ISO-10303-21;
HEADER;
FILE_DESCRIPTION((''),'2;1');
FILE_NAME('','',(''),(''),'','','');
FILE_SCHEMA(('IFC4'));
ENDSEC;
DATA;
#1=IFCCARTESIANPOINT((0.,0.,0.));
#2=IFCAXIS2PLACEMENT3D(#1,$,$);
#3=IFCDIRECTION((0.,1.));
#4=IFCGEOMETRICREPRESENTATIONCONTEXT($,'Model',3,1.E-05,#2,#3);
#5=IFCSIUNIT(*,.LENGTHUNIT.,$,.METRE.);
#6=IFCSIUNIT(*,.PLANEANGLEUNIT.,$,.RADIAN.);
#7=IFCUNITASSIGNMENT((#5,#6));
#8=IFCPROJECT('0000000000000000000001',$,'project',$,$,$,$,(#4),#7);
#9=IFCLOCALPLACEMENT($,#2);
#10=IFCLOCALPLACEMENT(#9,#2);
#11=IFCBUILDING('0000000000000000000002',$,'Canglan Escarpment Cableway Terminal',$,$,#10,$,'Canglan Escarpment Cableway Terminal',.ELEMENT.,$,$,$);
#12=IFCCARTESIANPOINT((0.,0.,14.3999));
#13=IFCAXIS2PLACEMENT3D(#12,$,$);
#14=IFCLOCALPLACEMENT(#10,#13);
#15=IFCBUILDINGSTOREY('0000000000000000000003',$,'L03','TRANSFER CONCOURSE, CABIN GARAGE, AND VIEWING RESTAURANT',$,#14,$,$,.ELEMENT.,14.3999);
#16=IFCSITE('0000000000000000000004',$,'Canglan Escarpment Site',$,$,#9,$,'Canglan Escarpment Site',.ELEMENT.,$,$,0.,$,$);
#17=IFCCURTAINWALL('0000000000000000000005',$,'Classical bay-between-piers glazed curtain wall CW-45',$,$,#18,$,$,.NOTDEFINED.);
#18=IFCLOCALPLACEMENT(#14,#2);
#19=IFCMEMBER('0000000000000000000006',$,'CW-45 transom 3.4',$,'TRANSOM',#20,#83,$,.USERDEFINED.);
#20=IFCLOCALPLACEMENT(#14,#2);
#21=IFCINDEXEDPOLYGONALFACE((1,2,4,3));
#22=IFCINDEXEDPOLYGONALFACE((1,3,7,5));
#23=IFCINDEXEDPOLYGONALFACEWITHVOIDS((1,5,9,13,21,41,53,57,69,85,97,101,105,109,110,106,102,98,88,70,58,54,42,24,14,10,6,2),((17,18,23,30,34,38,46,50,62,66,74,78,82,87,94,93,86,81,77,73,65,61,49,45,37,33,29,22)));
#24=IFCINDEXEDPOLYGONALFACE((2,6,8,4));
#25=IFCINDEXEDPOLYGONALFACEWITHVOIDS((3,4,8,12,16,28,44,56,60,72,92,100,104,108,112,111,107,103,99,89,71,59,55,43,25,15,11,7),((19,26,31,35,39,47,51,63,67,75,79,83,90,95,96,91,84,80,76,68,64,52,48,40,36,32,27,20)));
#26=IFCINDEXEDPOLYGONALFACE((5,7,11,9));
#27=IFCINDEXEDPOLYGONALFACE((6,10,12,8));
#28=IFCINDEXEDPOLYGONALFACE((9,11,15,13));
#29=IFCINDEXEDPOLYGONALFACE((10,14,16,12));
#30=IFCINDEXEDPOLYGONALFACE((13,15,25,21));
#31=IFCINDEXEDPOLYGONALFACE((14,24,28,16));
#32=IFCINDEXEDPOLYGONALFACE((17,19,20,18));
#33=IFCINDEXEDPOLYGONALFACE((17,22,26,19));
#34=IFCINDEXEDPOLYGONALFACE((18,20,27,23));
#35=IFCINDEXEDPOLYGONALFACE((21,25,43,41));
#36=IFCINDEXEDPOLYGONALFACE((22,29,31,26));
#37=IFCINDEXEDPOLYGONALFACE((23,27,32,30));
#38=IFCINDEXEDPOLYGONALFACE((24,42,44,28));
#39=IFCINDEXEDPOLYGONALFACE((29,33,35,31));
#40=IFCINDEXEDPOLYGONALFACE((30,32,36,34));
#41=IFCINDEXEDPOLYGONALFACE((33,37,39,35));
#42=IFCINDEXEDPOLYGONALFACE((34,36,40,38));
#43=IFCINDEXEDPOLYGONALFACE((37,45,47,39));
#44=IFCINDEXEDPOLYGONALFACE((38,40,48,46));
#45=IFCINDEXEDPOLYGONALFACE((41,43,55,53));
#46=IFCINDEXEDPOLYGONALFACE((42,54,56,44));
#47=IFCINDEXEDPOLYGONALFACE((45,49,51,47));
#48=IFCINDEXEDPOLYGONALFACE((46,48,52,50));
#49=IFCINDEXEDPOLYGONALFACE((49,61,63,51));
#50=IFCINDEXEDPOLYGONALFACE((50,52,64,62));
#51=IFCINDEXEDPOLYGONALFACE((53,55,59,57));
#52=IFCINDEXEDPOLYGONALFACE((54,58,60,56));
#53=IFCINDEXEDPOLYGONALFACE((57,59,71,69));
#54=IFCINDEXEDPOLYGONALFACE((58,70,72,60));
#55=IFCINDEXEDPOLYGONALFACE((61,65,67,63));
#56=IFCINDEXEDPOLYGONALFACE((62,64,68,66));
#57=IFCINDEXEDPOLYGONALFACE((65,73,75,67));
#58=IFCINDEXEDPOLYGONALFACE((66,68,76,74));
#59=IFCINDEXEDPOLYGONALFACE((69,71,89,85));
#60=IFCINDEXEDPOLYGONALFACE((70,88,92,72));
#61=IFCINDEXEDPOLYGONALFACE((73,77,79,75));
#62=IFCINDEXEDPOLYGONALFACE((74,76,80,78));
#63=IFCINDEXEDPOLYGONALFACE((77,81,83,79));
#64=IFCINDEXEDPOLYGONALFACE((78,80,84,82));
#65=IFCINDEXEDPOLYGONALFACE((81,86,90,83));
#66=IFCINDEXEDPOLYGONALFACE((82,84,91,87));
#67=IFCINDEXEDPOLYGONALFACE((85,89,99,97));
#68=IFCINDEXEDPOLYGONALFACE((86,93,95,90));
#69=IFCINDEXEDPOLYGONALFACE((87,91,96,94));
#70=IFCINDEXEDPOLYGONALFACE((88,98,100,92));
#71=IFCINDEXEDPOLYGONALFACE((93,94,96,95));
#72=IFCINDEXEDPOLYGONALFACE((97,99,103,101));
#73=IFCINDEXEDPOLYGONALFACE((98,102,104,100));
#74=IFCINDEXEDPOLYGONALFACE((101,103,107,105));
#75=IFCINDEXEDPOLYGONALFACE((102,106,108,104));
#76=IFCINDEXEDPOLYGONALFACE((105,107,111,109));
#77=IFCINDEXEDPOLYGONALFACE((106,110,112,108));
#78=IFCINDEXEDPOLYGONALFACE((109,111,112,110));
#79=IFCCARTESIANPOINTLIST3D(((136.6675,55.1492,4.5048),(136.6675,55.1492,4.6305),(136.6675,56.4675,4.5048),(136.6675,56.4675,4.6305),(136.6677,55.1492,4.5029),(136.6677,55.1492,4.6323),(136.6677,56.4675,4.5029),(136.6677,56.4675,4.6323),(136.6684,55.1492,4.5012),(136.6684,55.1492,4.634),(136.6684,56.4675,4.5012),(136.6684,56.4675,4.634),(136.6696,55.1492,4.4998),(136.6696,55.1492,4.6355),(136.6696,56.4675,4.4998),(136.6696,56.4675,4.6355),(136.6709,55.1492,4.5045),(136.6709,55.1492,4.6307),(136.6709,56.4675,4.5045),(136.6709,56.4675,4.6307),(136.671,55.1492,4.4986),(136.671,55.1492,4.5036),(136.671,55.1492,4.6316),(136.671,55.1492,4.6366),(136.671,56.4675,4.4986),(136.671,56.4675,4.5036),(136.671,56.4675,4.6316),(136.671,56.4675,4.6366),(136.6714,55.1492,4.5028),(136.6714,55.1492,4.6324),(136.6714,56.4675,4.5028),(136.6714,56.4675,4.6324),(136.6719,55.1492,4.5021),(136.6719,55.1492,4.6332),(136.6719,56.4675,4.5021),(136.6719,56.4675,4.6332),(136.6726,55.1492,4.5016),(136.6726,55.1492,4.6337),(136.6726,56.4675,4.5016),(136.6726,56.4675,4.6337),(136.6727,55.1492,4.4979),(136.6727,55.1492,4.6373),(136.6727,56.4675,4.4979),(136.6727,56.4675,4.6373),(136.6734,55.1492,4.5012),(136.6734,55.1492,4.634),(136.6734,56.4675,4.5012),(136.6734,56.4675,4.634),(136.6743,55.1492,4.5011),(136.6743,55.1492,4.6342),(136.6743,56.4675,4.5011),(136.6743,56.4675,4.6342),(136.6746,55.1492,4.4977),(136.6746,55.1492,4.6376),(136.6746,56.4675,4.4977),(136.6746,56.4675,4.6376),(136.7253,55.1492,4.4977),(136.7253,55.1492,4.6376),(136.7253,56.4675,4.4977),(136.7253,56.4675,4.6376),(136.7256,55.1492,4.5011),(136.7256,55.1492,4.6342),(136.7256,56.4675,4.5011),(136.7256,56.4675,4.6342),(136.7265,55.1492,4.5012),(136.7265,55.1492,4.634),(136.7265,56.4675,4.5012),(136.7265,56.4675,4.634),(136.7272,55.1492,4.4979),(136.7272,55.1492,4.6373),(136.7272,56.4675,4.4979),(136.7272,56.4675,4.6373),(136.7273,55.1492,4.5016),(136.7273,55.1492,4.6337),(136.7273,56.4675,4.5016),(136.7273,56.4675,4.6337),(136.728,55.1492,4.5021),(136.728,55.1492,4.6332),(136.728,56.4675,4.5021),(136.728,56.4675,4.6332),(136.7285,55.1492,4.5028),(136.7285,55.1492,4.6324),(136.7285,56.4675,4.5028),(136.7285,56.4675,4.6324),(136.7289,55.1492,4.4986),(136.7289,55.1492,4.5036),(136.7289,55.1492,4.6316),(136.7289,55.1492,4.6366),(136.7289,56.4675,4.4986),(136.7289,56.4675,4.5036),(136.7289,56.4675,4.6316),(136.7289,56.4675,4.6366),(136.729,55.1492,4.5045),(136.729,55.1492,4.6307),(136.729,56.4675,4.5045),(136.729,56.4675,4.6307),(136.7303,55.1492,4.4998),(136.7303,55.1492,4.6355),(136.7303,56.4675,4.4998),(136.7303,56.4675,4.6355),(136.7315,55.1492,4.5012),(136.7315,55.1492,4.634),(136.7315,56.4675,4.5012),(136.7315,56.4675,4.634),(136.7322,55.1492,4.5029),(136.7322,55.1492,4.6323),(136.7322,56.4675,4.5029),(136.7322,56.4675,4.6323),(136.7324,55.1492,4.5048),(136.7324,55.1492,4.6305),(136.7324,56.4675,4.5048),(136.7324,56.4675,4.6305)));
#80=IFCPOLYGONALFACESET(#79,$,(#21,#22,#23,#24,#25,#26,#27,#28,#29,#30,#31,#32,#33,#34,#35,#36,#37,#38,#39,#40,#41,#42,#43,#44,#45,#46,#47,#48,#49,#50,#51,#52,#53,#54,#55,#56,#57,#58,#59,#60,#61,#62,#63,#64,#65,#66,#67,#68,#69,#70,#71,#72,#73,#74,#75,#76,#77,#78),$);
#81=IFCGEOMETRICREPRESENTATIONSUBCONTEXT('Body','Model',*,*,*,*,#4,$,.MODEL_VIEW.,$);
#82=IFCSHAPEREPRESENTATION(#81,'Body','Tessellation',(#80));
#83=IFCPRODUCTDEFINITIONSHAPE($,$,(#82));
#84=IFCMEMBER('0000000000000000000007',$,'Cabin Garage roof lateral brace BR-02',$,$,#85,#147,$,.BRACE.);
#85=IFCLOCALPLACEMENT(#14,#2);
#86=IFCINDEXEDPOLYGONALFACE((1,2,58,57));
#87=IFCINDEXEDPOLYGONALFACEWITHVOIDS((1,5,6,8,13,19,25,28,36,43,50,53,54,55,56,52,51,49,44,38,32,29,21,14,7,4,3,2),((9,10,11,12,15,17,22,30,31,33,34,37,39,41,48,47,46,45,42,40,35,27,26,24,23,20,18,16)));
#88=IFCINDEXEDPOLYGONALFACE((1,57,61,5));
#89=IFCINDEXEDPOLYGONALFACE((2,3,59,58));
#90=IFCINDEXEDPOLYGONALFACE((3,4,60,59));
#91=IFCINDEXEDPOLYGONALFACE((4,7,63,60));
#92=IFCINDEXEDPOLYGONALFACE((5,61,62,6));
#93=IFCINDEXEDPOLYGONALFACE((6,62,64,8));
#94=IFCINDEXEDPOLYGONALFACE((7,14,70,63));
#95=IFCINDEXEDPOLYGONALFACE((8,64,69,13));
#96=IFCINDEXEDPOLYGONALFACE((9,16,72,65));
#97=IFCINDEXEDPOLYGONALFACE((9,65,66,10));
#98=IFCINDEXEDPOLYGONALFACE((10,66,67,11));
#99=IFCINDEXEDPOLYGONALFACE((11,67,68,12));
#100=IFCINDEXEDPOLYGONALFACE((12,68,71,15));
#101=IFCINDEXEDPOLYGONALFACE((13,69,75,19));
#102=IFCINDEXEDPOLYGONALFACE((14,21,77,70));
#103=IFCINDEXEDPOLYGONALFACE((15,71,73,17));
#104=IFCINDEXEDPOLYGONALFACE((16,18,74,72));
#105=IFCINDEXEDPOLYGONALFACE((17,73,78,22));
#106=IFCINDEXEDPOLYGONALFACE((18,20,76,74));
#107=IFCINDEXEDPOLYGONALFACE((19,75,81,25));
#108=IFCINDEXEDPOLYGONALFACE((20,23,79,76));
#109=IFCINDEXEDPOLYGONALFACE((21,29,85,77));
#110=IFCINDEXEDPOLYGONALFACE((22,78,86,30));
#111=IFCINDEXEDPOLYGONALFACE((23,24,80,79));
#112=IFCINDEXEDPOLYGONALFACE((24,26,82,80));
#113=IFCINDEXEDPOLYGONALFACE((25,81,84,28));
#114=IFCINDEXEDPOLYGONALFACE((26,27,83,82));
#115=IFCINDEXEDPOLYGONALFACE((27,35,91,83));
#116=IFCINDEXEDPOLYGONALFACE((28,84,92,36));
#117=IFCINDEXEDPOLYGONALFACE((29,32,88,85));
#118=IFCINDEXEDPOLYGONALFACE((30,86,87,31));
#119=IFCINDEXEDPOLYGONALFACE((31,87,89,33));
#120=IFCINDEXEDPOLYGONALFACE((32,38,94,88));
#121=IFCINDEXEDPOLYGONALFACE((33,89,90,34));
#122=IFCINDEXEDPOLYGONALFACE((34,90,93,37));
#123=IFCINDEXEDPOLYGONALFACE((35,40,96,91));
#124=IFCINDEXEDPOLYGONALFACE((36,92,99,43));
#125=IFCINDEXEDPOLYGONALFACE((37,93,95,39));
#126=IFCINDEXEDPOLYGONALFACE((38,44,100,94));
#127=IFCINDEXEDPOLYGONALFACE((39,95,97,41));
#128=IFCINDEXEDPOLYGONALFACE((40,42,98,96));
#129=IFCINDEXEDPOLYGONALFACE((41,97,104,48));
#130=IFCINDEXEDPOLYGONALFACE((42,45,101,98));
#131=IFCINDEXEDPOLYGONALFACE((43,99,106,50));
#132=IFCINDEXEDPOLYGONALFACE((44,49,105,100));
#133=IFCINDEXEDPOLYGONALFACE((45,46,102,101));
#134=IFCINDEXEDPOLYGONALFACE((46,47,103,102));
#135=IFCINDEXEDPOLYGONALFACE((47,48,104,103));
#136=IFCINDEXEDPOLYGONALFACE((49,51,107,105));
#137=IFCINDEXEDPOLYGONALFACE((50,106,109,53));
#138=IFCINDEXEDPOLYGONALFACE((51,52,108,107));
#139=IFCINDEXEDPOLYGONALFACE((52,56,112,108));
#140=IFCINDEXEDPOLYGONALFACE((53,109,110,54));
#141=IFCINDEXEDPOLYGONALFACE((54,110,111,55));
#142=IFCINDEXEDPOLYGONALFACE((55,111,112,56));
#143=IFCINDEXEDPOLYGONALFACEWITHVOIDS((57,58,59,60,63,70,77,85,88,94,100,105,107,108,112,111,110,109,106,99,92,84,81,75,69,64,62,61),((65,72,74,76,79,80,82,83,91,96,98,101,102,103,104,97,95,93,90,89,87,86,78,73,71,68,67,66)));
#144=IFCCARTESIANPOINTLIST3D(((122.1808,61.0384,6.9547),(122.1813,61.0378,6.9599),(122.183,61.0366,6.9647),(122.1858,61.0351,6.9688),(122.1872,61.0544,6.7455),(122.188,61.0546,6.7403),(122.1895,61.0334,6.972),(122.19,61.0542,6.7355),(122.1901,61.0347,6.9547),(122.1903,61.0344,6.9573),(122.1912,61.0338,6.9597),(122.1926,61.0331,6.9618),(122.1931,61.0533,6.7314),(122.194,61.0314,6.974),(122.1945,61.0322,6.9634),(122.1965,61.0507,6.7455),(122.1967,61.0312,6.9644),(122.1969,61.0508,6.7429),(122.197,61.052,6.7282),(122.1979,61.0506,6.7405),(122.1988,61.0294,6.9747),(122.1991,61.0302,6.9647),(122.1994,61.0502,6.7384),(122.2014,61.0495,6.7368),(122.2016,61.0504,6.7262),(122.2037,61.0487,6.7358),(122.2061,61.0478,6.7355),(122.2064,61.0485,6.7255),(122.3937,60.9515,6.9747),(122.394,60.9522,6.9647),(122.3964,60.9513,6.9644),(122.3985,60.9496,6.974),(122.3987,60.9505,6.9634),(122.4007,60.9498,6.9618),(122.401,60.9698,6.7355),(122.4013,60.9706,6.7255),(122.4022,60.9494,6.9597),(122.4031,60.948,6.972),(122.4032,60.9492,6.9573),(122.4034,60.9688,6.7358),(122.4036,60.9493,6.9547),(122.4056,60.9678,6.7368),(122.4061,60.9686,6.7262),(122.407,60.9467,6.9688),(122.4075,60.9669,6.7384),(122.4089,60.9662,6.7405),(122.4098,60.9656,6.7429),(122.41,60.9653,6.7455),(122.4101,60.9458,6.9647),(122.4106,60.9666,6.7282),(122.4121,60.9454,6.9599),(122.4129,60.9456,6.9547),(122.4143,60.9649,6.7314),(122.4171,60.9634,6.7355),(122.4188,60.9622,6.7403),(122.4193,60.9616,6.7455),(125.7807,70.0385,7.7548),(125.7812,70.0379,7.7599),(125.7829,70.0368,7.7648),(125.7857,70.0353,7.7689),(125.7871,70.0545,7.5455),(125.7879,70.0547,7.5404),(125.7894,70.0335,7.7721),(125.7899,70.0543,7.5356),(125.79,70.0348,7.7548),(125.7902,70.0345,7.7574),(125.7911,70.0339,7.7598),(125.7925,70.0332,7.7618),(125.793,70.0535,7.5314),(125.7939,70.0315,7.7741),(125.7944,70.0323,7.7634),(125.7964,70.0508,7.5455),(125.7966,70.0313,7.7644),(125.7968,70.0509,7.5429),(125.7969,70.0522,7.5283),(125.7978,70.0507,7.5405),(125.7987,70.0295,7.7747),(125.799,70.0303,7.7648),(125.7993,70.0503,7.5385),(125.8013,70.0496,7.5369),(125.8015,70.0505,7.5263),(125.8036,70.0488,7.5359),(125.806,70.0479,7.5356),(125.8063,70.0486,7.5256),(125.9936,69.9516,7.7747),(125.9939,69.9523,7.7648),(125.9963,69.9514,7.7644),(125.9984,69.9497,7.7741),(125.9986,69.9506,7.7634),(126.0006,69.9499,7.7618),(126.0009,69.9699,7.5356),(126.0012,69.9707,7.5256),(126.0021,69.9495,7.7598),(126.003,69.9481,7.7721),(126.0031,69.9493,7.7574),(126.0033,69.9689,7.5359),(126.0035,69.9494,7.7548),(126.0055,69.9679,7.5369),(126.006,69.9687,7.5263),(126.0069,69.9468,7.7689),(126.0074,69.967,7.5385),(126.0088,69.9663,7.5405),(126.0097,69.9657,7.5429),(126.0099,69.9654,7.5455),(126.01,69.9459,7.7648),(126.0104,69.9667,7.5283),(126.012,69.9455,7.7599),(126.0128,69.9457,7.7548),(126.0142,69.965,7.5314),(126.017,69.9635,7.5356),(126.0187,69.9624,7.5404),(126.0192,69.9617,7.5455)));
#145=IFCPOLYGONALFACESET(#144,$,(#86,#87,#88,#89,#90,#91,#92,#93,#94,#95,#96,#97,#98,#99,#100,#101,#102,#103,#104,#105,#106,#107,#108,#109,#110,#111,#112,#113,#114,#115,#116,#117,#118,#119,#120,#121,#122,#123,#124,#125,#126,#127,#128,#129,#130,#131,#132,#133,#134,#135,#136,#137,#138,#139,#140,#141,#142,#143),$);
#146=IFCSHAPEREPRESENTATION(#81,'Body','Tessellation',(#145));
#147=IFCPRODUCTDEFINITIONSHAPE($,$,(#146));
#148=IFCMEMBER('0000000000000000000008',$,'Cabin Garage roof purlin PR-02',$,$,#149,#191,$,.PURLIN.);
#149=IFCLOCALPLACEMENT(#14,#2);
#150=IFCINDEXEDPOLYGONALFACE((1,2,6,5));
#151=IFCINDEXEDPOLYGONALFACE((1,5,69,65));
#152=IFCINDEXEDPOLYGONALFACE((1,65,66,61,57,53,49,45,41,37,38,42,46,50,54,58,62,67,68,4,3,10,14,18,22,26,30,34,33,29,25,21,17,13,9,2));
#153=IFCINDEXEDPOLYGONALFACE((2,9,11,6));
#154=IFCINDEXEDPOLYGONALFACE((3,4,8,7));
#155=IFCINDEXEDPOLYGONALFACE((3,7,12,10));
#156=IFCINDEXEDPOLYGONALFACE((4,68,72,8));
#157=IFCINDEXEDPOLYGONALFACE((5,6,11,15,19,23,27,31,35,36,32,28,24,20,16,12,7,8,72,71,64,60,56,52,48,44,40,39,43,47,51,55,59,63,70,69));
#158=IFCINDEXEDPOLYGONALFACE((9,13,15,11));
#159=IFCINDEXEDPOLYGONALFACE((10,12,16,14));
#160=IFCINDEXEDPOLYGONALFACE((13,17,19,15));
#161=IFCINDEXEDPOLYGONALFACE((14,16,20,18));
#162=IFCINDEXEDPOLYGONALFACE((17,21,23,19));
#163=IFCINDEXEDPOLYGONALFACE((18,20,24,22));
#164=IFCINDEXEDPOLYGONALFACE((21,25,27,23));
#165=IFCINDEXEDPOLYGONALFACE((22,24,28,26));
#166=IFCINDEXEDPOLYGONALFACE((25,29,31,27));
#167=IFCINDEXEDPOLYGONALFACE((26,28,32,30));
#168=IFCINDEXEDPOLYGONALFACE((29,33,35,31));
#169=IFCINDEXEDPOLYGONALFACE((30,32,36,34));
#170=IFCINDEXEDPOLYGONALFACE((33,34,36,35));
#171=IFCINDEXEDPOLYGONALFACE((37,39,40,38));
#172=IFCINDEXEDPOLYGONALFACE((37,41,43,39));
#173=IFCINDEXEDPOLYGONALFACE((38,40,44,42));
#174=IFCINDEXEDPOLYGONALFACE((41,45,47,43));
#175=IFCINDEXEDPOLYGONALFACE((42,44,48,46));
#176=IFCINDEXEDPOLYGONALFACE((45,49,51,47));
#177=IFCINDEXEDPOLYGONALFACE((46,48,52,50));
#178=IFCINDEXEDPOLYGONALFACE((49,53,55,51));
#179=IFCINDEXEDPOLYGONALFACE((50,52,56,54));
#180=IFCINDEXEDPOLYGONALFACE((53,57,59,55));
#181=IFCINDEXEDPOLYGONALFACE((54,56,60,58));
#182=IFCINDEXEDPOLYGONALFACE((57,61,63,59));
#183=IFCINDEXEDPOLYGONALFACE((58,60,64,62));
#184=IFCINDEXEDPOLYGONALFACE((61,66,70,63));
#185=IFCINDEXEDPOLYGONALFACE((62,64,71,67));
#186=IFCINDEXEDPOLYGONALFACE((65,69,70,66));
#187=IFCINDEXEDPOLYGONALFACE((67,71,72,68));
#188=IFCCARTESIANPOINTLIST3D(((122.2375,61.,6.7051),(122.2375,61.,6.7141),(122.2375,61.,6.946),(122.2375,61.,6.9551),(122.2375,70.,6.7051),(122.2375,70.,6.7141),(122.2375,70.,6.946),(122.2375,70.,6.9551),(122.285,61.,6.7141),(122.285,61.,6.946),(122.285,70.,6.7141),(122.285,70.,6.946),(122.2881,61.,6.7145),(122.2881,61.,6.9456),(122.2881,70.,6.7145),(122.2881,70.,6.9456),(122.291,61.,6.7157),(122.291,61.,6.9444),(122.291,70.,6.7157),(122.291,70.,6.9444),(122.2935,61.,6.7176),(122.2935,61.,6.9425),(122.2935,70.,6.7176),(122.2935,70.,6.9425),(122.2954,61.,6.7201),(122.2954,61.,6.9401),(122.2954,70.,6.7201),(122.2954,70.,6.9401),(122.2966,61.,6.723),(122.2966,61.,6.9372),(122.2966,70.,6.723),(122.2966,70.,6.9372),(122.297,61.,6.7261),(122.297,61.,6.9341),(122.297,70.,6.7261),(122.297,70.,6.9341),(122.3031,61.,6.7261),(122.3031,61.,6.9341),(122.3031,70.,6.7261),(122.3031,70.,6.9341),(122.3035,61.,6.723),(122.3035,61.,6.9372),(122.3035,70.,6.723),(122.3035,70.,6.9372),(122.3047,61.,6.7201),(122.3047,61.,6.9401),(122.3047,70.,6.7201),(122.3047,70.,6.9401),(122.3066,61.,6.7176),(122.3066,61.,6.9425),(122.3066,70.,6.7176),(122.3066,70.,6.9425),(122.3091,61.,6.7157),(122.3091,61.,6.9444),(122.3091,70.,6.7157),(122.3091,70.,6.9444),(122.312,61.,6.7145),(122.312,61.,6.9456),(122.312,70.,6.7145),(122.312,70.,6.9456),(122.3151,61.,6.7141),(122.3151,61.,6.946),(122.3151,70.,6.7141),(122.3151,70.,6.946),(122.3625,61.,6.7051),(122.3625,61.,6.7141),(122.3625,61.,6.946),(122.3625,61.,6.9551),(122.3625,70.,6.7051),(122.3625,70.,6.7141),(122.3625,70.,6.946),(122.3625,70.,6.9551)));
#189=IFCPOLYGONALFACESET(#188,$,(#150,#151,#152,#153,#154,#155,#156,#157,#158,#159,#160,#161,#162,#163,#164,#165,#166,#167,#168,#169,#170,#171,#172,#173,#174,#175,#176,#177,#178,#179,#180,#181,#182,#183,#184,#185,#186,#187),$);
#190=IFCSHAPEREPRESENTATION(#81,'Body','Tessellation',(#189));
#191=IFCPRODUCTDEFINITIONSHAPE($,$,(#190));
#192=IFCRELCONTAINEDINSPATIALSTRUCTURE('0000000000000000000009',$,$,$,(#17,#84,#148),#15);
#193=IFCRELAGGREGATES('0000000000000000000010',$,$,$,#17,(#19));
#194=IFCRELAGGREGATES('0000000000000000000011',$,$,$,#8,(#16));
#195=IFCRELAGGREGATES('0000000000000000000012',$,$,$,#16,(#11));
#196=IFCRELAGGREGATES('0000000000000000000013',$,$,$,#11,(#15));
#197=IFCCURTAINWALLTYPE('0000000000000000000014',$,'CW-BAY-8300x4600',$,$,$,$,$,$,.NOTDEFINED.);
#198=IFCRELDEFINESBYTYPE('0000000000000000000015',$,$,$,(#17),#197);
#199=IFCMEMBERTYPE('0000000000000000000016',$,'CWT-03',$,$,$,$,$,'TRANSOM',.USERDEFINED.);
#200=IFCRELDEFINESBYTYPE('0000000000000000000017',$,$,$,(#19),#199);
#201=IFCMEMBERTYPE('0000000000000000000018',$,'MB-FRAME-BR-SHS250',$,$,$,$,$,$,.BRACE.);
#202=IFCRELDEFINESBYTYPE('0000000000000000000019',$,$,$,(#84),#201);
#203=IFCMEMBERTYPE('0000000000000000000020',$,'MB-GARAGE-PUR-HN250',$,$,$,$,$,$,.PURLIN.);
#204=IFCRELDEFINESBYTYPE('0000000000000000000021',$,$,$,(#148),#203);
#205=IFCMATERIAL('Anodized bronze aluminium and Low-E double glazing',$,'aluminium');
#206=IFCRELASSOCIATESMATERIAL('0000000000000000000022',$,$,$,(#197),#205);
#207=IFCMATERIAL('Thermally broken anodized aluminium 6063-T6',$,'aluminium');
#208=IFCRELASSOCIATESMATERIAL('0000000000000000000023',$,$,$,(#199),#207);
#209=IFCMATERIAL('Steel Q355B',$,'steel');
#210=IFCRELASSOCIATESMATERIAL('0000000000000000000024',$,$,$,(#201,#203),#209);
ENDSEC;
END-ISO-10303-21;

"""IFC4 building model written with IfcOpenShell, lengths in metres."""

from ifc_helpers import new_model, si_unit, direction, frame, origin, origin_2d, place, context, subcontext, project, spatial, hollow_rectangle, i_section, extrude, material, material_profile, profile_set, type_object, element, aggregate, save


model = new_model("IFC4")

# Units and contexts
model_context = context("Model", 3, precision=1e-05, world=origin(), true_north=direction((0.0, 1.0)))
body_context = subcontext(model_context, "Body", "Model", "MODEL_VIEW")
ifc_project = project(units=[si_unit("LENGTHUNIT", "METRE"), si_unit("PLANEANGLEUNIT", "RADIAN")], contexts=[model_context])

# Site, building, storey
site_placement = place(None, origin())
site = spatial("IfcSite", under=ifc_project, at=site_placement, Name="Canglan Escarpment Site", LongName="Canglan Escarpment Site", CompositionType="ELEMENT", RefElevation=0.0)
building_placement = place(site_placement, origin())
building = spatial("IfcBuilding", under=site, at=building_placement, Name="Canglan Escarpment Cableway Terminal", LongName="Canglan Escarpment Cableway Terminal", CompositionType="ELEMENT")
storey_placement = place(building_placement, frame((0.0, 0.0, 14.3999)))
storey = spatial("IfcBuildingStorey", under=building, at=storey_placement, Name="L03", Description="TRANSFER CONCOURSE, CABIN GARAGE, AND VIEWING RESTAURANT", CompositionType="ELEMENT", Elevation=14.3999)

# Shared definitions
ifc_material_1 = material(Name="Steel Q355B", Category="steel")

# Curtain wall, member
ifc_material_2 = material(Name="Anodized bronze aluminium and Low-E double glazing", Category="aluminium")
curtain_wall_type = type_object("IfcCurtainWallType", Name="CW-BAY-8300x4600", PredefinedType="NOTDEFINED", material=ifc_material_2)
curtain_wall_placement = place(storey_placement, origin())
curtain_wall = element("IfcCurtainWall", 1, at=curtain_wall_placement, inside=storey, type_object=curtain_wall_type, Name="Classical bay-between-piers glazed curtain wall CW-45", PredefinedType="NOTDEFINED")
ifc_material_3 = material(Name="Thermally broken anodized aluminium 6063-T6", Category="aluminium")
ifc_material_profile_1 = material_profile(ifc_material_3, hollow_rectangle(XDim=0.0649, YDim=0.1399, WallThickness=0.0034, InnerFilletRadius=0.0034, OuterFilletRadius=0.0071, at=origin_2d()), Name="ALU-TRAN 65x140x3.5")
ifc_profile_set_1 = profile_set([ifc_material_profile_1], Name="Thermally broken anodized aluminium 6063-T6")
member_type_1 = type_object("IfcMemberType", Name="CWT-03", ElementType="TRANSOM", PredefinedType="USERDEFINED", material=ifc_profile_set_1)
member_1_placement = place(storey_placement, frame((136.7, 55.1492, 4.5676), z_axis=(0.0, 1.0, 0.0), x_axis=(-1.0, 0.0, 0.0)))
member_1 = element("IfcMember", 2, at=member_1_placement, type_object=member_type_1, Name="CW-45 transom 3.4", ObjectType="TRANSOM", PredefinedType="USERDEFINED", context=body_context, shape_type="SweptSolid", body=[
    extrude(hollow_rectangle(XDim=0.0649, YDim=0.1399, WallThickness=0.0034, InnerFilletRadius=0.0034, OuterFilletRadius=0.0071, at=origin_2d()), origin(), (0.0, 0.0, 1.0), 1.3184),
])

# Members
ifc_material_profile_2 = material_profile(ifc_material_1, hollow_rectangle(XDim=0.25, YDim=0.25, WallThickness=0.01, InnerFilletRadius=0.01, OuterFilletRadius=0.02, at=origin_2d()), Name="SHS 250x250x10")
ifc_profile_set_2 = profile_set([ifc_material_profile_2], Name="Steel Q355B")
member_type_2 = type_object("IfcMemberType", Name="MB-FRAME-BR-SHS250", PredefinedType="BRACE", material=ifc_profile_set_2)
member_2_placement = place(storey_placement, frame((122.3, 61.0, 6.8501), z_axis=(0.370119, 0.925335, 0.082257), x_axis=(-0.928482, 0.371378, 0.0)))
element("IfcMember", 3, at=member_2_placement, inside=storey, type_object=member_type_2, Name="Cabin Garage roof lateral brace BR-02", PredefinedType="BRACE", context=body_context, shape_type="SweptSolid", body=[
    extrude(hollow_rectangle(XDim=0.25, YDim=0.25, WallThickness=0.01, InnerFilletRadius=0.01, OuterFilletRadius=0.02, at=origin_2d()), origin(), (0.0, 0.0, 1.0), 9.7263),
])
ifc_material_profile_3 = material_profile(ifc_material_1, i_section(OverallWidth=0.125, OverallDepth=0.25, WebThickness=0.0061, FlangeThickness=0.009, FilletRadius=0.012, at=origin_2d()), Name="HN 250x125x6x9")
ifc_profile_set_3 = profile_set([ifc_material_profile_3], Name="Steel Q355B")
member_type_3 = type_object("IfcMemberType", Name="MB-GARAGE-PUR-HN250", PredefinedType="PURLIN", material=ifc_profile_set_3)
member_3_placement = place(storey_placement, frame((122.3, 61.0, 6.8301), z_axis=(0.0, 1.0, 0.0), x_axis=(-1.0, 0.0, 0.0)))
element("IfcMember", 4, at=member_3_placement, inside=storey, type_object=member_type_3, Name="Cabin Garage roof purlin PR-02", PredefinedType="PURLIN", context=body_context, shape_type="SweptSolid", body=[
    extrude(i_section(OverallWidth=0.125, OverallDepth=0.25, WebThickness=0.0061, FlangeThickness=0.009, FilletRadius=0.012, at=origin_2d()), origin(), (0.0, 0.0, 1.0), 9.0),
])

aggregate(curtain_wall, [member_1])

save(model, "model.ifc")
